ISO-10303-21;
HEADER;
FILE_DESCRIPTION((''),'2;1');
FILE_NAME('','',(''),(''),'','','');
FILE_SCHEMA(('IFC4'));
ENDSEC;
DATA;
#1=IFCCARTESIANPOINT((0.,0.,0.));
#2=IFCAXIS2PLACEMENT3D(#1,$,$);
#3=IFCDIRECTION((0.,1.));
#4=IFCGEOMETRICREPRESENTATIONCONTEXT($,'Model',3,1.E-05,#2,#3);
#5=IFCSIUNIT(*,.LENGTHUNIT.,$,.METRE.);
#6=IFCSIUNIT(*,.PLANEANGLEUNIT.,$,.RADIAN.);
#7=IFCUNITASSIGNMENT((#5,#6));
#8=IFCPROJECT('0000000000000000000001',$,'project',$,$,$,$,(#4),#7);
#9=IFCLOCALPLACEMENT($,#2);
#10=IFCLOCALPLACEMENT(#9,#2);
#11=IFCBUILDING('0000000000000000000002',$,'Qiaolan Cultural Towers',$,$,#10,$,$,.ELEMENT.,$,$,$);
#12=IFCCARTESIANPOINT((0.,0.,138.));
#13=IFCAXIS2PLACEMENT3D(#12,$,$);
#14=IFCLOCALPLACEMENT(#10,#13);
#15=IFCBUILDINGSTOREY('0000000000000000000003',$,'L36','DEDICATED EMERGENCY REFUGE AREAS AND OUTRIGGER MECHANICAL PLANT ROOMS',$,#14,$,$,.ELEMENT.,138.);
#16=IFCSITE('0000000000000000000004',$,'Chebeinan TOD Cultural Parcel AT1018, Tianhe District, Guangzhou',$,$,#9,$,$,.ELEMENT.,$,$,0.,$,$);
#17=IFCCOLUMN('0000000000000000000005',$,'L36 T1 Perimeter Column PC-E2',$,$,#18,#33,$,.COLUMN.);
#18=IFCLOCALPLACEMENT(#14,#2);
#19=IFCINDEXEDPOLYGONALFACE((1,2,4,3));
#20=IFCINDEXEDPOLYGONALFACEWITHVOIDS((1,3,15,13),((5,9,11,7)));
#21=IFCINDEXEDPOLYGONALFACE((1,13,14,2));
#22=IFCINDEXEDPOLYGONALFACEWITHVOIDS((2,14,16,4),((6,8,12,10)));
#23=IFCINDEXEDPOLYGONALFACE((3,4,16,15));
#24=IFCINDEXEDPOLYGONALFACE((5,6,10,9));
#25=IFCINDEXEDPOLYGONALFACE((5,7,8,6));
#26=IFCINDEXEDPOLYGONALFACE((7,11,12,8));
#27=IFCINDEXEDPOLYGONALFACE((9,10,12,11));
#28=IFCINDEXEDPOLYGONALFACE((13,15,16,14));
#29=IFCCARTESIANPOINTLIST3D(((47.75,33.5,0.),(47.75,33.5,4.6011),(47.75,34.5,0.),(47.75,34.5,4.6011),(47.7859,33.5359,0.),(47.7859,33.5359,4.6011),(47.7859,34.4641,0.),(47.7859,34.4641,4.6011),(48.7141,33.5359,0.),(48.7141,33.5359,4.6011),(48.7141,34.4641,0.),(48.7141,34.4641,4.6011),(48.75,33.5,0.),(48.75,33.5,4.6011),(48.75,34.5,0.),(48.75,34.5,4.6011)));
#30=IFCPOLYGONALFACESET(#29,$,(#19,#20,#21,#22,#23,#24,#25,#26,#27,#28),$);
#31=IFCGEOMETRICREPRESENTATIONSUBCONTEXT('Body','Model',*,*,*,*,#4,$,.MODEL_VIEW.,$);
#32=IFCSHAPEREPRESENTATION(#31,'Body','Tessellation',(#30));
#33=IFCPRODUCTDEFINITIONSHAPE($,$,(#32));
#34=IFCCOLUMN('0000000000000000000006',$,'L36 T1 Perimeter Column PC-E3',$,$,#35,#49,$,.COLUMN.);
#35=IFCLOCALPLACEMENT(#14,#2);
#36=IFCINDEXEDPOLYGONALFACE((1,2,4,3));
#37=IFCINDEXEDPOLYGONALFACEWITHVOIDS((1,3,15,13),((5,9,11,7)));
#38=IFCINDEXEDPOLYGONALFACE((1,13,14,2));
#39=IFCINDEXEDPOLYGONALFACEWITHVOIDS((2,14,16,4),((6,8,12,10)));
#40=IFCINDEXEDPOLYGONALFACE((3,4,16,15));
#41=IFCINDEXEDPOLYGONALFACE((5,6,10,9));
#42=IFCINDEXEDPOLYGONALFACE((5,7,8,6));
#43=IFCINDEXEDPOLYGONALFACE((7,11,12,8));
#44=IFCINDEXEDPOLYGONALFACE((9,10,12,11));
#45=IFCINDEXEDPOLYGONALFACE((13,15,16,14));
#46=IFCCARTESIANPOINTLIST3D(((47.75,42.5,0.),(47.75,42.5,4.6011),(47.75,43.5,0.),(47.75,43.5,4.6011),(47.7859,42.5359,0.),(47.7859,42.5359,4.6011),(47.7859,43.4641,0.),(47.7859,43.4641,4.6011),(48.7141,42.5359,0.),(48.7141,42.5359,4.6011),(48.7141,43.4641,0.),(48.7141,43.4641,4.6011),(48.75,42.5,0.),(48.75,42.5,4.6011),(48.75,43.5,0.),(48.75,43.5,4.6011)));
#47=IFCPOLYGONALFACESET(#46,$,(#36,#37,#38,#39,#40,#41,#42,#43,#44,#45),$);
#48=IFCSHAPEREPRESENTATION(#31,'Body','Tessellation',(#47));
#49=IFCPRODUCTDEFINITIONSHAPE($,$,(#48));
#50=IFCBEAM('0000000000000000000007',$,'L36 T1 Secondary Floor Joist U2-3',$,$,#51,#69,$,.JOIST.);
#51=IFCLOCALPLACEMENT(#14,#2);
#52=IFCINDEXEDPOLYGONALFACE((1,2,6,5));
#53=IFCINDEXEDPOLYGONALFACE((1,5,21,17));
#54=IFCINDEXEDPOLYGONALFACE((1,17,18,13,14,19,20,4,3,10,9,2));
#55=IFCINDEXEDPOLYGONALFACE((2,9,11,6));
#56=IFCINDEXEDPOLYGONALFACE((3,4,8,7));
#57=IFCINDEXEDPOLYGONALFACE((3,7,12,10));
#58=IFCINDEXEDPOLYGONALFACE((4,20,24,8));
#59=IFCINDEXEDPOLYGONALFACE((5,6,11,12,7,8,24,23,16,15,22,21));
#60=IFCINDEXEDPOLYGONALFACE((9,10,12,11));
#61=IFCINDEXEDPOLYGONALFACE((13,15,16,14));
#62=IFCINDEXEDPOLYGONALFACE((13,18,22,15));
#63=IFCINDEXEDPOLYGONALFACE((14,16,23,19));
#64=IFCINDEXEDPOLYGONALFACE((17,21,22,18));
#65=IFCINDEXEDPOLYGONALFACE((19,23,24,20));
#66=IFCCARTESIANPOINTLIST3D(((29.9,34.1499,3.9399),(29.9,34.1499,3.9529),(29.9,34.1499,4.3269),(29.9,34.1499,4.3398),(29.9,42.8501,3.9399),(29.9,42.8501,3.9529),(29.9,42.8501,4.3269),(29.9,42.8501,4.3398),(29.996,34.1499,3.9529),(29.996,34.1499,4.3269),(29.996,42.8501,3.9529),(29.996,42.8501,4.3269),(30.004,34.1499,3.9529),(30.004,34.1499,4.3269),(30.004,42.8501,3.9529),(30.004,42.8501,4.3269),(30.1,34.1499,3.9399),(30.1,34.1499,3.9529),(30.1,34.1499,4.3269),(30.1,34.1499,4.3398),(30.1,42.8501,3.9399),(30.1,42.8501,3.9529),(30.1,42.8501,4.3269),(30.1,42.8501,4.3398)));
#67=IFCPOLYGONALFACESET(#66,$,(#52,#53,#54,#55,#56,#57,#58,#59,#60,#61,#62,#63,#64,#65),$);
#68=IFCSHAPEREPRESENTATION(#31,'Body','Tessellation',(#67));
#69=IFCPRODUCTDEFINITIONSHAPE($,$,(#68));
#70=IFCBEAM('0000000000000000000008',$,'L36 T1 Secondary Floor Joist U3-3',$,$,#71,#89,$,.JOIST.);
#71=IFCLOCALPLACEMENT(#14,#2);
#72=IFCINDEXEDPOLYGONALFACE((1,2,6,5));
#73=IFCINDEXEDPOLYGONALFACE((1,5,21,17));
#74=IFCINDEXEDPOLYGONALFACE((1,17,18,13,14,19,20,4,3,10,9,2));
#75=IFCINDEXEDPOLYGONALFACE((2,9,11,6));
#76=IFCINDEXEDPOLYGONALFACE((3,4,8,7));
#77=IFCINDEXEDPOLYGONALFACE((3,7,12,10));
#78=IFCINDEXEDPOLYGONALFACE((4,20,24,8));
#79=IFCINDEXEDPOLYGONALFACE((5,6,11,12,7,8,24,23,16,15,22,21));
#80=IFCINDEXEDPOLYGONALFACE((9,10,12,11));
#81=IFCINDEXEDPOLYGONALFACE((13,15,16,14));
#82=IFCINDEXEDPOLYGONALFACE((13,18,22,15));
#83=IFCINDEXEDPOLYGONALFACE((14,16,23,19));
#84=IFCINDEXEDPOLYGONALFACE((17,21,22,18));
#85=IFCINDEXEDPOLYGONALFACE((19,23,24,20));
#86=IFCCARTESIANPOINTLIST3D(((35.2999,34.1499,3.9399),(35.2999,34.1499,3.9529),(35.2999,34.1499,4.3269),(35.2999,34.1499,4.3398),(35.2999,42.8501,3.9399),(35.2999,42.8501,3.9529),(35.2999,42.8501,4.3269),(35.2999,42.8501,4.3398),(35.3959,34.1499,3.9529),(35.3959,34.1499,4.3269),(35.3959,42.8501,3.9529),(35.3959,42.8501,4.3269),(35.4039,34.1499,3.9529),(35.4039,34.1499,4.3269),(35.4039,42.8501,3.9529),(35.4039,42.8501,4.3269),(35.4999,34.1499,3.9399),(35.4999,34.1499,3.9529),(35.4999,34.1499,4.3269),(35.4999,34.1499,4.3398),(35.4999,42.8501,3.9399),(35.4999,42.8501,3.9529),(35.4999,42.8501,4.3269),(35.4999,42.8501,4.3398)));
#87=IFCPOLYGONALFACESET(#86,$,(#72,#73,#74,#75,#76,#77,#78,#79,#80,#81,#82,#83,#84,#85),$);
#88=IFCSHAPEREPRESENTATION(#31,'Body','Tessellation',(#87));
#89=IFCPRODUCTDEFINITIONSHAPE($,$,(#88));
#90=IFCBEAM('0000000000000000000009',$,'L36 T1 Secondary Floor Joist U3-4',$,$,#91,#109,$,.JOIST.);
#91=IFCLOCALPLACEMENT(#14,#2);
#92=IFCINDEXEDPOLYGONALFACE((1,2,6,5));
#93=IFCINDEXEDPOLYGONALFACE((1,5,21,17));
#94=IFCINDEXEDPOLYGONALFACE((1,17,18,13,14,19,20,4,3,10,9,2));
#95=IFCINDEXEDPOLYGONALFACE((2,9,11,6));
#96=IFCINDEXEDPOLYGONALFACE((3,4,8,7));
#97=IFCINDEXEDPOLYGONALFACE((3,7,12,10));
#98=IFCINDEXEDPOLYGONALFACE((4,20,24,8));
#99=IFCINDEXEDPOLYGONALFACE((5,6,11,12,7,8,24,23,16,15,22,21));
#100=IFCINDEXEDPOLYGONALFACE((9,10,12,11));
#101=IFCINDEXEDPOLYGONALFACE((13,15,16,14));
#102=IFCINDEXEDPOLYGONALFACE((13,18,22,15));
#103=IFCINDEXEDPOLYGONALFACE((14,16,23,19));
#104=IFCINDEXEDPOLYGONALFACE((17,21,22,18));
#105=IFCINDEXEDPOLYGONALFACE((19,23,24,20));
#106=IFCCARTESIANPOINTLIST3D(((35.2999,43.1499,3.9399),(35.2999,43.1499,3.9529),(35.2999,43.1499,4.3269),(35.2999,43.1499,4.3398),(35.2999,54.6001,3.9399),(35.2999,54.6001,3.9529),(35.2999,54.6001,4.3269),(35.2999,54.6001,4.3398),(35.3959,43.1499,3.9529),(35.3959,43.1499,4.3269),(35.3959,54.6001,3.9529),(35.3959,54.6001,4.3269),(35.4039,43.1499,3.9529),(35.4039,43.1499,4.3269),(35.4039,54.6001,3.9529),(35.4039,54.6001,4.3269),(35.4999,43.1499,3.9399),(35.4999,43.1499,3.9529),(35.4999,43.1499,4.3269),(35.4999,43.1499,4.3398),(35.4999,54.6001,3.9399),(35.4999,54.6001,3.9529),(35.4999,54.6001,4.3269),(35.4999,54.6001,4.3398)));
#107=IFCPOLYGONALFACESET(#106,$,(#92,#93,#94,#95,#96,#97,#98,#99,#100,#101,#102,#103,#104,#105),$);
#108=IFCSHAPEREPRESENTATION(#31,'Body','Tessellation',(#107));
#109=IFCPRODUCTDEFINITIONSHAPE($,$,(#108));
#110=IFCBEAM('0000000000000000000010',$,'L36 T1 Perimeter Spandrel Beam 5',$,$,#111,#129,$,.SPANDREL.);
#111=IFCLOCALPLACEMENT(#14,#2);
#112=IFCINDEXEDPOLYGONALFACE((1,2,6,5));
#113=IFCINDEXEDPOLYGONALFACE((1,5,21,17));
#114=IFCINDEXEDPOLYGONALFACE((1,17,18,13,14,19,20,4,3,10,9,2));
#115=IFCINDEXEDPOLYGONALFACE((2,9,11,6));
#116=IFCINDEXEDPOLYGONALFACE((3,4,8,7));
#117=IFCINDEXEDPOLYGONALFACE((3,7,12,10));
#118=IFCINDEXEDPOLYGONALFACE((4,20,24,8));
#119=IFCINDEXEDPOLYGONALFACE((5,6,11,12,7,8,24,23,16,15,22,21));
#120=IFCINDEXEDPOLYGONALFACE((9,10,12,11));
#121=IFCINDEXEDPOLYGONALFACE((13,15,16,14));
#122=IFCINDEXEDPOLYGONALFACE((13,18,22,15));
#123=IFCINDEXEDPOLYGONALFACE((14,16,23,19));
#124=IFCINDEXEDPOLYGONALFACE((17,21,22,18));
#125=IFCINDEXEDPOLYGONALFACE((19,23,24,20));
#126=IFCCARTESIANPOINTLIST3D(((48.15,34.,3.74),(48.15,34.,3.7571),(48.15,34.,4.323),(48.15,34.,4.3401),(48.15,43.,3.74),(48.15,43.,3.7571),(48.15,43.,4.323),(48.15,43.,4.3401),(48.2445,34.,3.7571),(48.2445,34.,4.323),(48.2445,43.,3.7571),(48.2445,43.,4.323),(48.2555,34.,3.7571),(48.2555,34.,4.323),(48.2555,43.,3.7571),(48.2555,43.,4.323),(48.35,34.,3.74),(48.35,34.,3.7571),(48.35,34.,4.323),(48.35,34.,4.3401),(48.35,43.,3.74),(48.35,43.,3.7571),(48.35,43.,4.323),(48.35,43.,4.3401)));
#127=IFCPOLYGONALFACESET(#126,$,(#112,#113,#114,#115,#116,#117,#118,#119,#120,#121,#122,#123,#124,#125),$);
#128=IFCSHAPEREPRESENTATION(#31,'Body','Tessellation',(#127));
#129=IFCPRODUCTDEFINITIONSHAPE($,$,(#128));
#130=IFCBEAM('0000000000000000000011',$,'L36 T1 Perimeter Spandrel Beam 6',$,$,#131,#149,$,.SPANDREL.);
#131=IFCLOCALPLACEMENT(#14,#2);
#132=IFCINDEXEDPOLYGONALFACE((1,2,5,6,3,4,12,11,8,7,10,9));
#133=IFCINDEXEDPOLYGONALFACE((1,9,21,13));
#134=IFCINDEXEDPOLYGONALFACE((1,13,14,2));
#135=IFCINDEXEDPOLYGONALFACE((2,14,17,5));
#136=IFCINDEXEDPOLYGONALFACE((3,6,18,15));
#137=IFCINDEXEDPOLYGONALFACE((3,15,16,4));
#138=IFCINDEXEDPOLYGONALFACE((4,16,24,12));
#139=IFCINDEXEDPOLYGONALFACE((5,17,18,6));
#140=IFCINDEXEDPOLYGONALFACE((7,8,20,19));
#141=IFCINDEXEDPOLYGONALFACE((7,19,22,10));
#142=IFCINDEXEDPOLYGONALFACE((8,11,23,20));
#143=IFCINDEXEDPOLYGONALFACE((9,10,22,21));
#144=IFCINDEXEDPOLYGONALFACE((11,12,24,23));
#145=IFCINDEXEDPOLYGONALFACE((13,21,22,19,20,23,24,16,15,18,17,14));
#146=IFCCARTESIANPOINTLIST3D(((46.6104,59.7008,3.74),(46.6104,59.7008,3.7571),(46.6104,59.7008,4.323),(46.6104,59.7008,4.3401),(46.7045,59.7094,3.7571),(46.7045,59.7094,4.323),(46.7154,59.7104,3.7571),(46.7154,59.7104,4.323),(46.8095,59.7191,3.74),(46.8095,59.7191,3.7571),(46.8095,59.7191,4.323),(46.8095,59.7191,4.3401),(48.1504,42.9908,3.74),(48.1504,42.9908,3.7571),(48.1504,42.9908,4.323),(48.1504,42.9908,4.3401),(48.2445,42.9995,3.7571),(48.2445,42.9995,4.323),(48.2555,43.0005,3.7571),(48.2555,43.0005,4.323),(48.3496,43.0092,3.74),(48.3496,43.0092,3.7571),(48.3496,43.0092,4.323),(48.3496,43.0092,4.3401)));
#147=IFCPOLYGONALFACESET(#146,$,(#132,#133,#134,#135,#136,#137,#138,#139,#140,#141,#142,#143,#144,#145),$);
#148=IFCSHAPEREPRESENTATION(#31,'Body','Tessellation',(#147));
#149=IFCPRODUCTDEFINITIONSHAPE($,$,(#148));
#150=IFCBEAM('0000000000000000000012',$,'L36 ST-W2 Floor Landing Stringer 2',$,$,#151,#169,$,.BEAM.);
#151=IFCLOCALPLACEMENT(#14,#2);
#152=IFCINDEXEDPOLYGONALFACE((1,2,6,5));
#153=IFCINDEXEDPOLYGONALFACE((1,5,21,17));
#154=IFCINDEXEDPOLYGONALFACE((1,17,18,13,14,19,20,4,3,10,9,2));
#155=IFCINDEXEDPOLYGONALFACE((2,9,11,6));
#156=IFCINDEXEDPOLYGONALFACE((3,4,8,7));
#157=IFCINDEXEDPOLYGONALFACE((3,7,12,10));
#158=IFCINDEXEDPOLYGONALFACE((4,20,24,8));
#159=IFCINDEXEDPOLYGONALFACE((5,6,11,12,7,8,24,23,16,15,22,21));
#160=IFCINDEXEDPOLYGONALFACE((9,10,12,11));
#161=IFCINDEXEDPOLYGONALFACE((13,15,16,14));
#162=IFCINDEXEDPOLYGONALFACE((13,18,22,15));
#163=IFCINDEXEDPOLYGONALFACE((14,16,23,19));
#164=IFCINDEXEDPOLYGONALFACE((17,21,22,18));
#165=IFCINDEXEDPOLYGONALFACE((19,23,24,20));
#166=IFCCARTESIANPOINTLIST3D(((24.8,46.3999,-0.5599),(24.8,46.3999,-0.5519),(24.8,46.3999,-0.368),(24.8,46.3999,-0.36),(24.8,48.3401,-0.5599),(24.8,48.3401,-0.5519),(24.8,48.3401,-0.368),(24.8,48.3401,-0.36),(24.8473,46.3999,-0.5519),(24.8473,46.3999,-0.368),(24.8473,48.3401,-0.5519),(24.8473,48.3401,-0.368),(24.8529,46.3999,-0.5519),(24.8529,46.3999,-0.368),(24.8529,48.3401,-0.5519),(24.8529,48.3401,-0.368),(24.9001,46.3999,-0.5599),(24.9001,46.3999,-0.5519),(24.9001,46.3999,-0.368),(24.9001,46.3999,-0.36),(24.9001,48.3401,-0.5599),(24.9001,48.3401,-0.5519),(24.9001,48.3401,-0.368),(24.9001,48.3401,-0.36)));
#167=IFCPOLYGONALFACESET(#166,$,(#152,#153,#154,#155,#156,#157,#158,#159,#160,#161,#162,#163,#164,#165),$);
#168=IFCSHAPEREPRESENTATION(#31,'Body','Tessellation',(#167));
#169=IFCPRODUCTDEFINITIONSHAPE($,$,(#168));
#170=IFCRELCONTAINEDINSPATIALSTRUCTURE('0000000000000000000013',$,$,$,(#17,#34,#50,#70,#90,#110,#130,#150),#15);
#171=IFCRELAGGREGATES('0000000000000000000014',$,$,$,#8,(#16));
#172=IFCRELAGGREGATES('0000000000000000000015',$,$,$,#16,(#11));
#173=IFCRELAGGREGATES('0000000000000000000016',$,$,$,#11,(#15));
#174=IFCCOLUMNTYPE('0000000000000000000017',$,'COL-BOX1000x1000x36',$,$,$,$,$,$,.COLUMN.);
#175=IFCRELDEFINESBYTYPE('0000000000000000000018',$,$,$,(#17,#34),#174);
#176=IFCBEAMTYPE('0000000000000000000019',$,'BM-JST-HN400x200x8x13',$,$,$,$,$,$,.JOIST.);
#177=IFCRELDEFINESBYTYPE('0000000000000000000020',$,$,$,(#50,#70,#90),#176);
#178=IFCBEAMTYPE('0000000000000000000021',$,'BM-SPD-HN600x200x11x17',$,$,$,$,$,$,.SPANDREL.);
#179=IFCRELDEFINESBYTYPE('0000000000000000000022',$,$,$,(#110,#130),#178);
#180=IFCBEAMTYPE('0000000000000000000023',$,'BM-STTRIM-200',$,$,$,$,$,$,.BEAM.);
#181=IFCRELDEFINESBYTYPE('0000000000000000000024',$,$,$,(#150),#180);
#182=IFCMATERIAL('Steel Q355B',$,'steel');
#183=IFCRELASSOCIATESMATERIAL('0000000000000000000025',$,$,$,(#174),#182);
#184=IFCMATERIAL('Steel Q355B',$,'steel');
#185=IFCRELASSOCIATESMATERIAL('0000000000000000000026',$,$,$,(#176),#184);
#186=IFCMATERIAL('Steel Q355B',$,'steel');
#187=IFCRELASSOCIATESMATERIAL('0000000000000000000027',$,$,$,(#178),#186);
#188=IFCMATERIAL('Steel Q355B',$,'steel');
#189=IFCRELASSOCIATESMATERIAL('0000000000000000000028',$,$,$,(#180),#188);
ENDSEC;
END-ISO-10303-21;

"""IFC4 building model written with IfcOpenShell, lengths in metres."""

from ifc_helpers import new_model, si_unit, direction, frame, origin, origin_2d, place, context, subcontext, project, spatial, hollow_rectangle, i_section, extrude, material, material_profile, profile_set, type_object, element, save


model = new_model("IFC4")

# Units and contexts
model_context = context("Model", 3, precision=1e-05, world=origin(), true_north=direction((0.0, 1.0)))
body_context = subcontext(model_context, "Body", "Model", "MODEL_VIEW")
ifc_project = project(units=[si_unit("LENGTHUNIT", "METRE"), si_unit("PLANEANGLEUNIT", "RADIAN")], contexts=[model_context])

# Site, building, storey
site_placement = place(None, origin())
site = spatial("IfcSite", under=ifc_project, at=site_placement, Name="Chebeinan TOD Cultural Parcel AT1018, Tianhe District, Guangzhou", CompositionType="ELEMENT", RefElevation=0.0)
building_placement = place(site_placement, origin())
building = spatial("IfcBuilding", under=site, at=building_placement, Name="Qiaolan Cultural Towers", CompositionType="ELEMENT")
storey_placement = place(building_placement, frame((0.0, 0.0, 138.0)))
storey = spatial("IfcBuildingStorey", under=building, at=storey_placement, Name="L36", Description="DEDICATED EMERGENCY REFUGE AREAS AND OUTRIGGER MECHANICAL PLANT ROOMS", CompositionType="ELEMENT", Elevation=138.0)

# Columns
ifc_material_1 = material(Name="Steel Q355B", Category="steel")
ifc_material_profile_1 = material_profile(ifc_material_1, hollow_rectangle(XDim=1.0, YDim=1.0, WallThickness=0.0359, at=origin_2d()), Name="BOX1000x1000x36")
ifc_profile_set_1 = profile_set([ifc_material_profile_1], Name="Steel Q355B")
column_type = type_object("IfcColumnType", Name="COL-BOX1000x1000x36", PredefinedType="COLUMN", material=ifc_profile_set_1)
for number, where, z_axis, x_axis, name in (
    (1, (48.25, 34.0, 0.0), (0.0, 0.0, 1.0), (1.0, 0.0, 0.0), "L36 T1 Perimeter Column PC-E2"),
    (2, (48.25, 43.0, 0.0), (0.0, 0.0, 1.0), (1.0, 0.0, 0.0), "L36 T1 Perimeter Column PC-E3"),
):
    element("IfcColumn", number, at=place(storey_placement, frame(where, z_axis=z_axis, x_axis=x_axis)), inside=storey, type_object=column_type, Name=name, PredefinedType="COLUMN", context=body_context, shape_type="SweptSolid", body=[
        extrude(hollow_rectangle(XDim=1.0, YDim=1.0, WallThickness=0.0359, at=origin_2d()), origin(), (0.0, 0.0, 1.0), 4.6011),
    ])

# Beams
ifc_material_2 = material(Name="Steel Q355B", Category="steel")
ifc_material_profile_2 = material_profile(ifc_material_2, i_section(OverallWidth=0.2, OverallDepth=0.3999, WebThickness=0.0081, FlangeThickness=0.0129, at=origin_2d()), Name="HN400x200x8x13")
ifc_profile_set_2 = profile_set([ifc_material_profile_2], Name="Steel Q355B")
beam_type_1 = type_object("IfcBeamType", Name="BM-JST-HN400x200x8x13", PredefinedType="JOIST", material=ifc_profile_set_2)
for number, where, z_axis, x_axis, name in (
    (3, (30.0, 34.1499, 4.1399), (0.0, 1.0, 0.0), (-1.0, 0.0, 0.0), "L36 T1 Secondary Floor Joist U2-3"),
    (4, (35.3999, 34.1499, 4.1399), (0.0, 1.0, 0.0), (-1.0, 0.0, 0.0), "L36 T1 Secondary Floor Joist U3-3"),
):
    element("IfcBeam", number, at=place(storey_placement, frame(where, z_axis=z_axis, x_axis=x_axis)), inside=storey, type_object=beam_type_1, Name=name, PredefinedType="JOIST", context=body_context, shape_type="SweptSolid", body=[
        extrude(i_section(OverallWidth=0.2, OverallDepth=0.3999, WebThickness=0.0081, FlangeThickness=0.0129, at=origin_2d()), origin(), (0.0, 0.0, 1.0), 8.7002),
    ])
beam_1_placement = place(storey_placement, frame((35.3999, 43.1499, 4.1399), z_axis=(0.0, 1.0, 0.0), x_axis=(-1.0, 0.0, 0.0)))
element("IfcBeam", 5, at=beam_1_placement, inside=storey, type_object=beam_type_1, Name="L36 T1 Secondary Floor Joist U3-4", PredefinedType="JOIST", context=body_context, shape_type="SweptSolid", body=[
    extrude(i_section(OverallWidth=0.2, OverallDepth=0.3999, WebThickness=0.0081, FlangeThickness=0.0129, at=origin_2d()), origin(), (0.0, 0.0, 1.0), 11.4502),
])
ifc_material_3 = material(Name="Steel Q355B", Category="steel")
ifc_material_profile_3 = material_profile(ifc_material_3, i_section(OverallWidth=0.2, OverallDepth=0.6001, WebThickness=0.011, FlangeThickness=0.0171, at=origin_2d()), Name="HN600x200x11x17")
ifc_profile_set_3 = profile_set([ifc_material_profile_3], Name="Steel Q355B")
beam_type_2 = type_object("IfcBeamType", Name="BM-SPD-HN600x200x11x17", PredefinedType="SPANDREL", material=ifc_profile_set_3)
beam_2_placement = place(storey_placement, frame((48.25, 34.0, 4.04), z_axis=(0.0, 1.0, 0.0), x_axis=(-1.0, 0.0, 0.0)))
element("IfcBeam", 6, at=beam_2_placement, inside=storey, type_object=beam_type_2, Name="L36 T1 Perimeter Spandrel Beam 5", PredefinedType="SPANDREL", context=body_context, shape_type="SweptSolid", body=[
    extrude(i_section(OverallWidth=0.2, OverallDepth=0.6001, WebThickness=0.011, FlangeThickness=0.0171, at=origin_2d()), origin(), (0.0, 0.0, 1.0), 9.0),
])
beam_3_placement = place(storey_placement, frame((48.25, 43.0, 4.04), z_axis=(-0.091774, 0.99578, 0.0), x_axis=(-0.99578, -0.091774, 0.0)))
element("IfcBeam", 7, at=beam_3_placement, inside=storey, type_object=beam_type_2, Name="L36 T1 Perimeter Spandrel Beam 6", PredefinedType="SPANDREL", context=body_context, shape_type="SweptSolid", body=[
    extrude(i_section(OverallWidth=0.2, OverallDepth=0.6001, WebThickness=0.011, FlangeThickness=0.0171, at=origin_2d()), origin(), (0.0, 0.0, 1.0), 16.7808),
])
ifc_material_4 = material(Name="Steel Q355B", Category="steel")
ifc_material_profile_4 = material_profile(ifc_material_4, i_section(OverallWidth=0.1001, OverallDepth=0.2, WebThickness=0.0056, FlangeThickness=0.0081, at=origin_2d()), Name="HN200x100x5.5x8")
ifc_profile_set_4 = profile_set([ifc_material_profile_4], Name="Steel Q355B")
beam_type_3 = type_object("IfcBeamType", Name="BM-STTRIM-200", PredefinedType="BEAM", material=ifc_profile_set_4)
beam_4_placement = place(storey_placement, frame((24.8501, 46.3999, -0.46), z_axis=(0.0, 1.0, 0.0), x_axis=(-1.0, 0.0, 0.0)))
element("IfcBeam", 8, at=beam_4_placement, inside=storey, type_object=beam_type_3, Name="L36 ST-W2 Floor Landing Stringer 2", PredefinedType="BEAM", context=body_context, shape_type="SweptSolid", body=[
    extrude(i_section(OverallWidth=0.1001, OverallDepth=0.2, WebThickness=0.0056, FlangeThickness=0.0081, at=origin_2d()), origin(), (0.0, 0.0, 1.0), 1.9402),
])

save(model, "model.ifc")
